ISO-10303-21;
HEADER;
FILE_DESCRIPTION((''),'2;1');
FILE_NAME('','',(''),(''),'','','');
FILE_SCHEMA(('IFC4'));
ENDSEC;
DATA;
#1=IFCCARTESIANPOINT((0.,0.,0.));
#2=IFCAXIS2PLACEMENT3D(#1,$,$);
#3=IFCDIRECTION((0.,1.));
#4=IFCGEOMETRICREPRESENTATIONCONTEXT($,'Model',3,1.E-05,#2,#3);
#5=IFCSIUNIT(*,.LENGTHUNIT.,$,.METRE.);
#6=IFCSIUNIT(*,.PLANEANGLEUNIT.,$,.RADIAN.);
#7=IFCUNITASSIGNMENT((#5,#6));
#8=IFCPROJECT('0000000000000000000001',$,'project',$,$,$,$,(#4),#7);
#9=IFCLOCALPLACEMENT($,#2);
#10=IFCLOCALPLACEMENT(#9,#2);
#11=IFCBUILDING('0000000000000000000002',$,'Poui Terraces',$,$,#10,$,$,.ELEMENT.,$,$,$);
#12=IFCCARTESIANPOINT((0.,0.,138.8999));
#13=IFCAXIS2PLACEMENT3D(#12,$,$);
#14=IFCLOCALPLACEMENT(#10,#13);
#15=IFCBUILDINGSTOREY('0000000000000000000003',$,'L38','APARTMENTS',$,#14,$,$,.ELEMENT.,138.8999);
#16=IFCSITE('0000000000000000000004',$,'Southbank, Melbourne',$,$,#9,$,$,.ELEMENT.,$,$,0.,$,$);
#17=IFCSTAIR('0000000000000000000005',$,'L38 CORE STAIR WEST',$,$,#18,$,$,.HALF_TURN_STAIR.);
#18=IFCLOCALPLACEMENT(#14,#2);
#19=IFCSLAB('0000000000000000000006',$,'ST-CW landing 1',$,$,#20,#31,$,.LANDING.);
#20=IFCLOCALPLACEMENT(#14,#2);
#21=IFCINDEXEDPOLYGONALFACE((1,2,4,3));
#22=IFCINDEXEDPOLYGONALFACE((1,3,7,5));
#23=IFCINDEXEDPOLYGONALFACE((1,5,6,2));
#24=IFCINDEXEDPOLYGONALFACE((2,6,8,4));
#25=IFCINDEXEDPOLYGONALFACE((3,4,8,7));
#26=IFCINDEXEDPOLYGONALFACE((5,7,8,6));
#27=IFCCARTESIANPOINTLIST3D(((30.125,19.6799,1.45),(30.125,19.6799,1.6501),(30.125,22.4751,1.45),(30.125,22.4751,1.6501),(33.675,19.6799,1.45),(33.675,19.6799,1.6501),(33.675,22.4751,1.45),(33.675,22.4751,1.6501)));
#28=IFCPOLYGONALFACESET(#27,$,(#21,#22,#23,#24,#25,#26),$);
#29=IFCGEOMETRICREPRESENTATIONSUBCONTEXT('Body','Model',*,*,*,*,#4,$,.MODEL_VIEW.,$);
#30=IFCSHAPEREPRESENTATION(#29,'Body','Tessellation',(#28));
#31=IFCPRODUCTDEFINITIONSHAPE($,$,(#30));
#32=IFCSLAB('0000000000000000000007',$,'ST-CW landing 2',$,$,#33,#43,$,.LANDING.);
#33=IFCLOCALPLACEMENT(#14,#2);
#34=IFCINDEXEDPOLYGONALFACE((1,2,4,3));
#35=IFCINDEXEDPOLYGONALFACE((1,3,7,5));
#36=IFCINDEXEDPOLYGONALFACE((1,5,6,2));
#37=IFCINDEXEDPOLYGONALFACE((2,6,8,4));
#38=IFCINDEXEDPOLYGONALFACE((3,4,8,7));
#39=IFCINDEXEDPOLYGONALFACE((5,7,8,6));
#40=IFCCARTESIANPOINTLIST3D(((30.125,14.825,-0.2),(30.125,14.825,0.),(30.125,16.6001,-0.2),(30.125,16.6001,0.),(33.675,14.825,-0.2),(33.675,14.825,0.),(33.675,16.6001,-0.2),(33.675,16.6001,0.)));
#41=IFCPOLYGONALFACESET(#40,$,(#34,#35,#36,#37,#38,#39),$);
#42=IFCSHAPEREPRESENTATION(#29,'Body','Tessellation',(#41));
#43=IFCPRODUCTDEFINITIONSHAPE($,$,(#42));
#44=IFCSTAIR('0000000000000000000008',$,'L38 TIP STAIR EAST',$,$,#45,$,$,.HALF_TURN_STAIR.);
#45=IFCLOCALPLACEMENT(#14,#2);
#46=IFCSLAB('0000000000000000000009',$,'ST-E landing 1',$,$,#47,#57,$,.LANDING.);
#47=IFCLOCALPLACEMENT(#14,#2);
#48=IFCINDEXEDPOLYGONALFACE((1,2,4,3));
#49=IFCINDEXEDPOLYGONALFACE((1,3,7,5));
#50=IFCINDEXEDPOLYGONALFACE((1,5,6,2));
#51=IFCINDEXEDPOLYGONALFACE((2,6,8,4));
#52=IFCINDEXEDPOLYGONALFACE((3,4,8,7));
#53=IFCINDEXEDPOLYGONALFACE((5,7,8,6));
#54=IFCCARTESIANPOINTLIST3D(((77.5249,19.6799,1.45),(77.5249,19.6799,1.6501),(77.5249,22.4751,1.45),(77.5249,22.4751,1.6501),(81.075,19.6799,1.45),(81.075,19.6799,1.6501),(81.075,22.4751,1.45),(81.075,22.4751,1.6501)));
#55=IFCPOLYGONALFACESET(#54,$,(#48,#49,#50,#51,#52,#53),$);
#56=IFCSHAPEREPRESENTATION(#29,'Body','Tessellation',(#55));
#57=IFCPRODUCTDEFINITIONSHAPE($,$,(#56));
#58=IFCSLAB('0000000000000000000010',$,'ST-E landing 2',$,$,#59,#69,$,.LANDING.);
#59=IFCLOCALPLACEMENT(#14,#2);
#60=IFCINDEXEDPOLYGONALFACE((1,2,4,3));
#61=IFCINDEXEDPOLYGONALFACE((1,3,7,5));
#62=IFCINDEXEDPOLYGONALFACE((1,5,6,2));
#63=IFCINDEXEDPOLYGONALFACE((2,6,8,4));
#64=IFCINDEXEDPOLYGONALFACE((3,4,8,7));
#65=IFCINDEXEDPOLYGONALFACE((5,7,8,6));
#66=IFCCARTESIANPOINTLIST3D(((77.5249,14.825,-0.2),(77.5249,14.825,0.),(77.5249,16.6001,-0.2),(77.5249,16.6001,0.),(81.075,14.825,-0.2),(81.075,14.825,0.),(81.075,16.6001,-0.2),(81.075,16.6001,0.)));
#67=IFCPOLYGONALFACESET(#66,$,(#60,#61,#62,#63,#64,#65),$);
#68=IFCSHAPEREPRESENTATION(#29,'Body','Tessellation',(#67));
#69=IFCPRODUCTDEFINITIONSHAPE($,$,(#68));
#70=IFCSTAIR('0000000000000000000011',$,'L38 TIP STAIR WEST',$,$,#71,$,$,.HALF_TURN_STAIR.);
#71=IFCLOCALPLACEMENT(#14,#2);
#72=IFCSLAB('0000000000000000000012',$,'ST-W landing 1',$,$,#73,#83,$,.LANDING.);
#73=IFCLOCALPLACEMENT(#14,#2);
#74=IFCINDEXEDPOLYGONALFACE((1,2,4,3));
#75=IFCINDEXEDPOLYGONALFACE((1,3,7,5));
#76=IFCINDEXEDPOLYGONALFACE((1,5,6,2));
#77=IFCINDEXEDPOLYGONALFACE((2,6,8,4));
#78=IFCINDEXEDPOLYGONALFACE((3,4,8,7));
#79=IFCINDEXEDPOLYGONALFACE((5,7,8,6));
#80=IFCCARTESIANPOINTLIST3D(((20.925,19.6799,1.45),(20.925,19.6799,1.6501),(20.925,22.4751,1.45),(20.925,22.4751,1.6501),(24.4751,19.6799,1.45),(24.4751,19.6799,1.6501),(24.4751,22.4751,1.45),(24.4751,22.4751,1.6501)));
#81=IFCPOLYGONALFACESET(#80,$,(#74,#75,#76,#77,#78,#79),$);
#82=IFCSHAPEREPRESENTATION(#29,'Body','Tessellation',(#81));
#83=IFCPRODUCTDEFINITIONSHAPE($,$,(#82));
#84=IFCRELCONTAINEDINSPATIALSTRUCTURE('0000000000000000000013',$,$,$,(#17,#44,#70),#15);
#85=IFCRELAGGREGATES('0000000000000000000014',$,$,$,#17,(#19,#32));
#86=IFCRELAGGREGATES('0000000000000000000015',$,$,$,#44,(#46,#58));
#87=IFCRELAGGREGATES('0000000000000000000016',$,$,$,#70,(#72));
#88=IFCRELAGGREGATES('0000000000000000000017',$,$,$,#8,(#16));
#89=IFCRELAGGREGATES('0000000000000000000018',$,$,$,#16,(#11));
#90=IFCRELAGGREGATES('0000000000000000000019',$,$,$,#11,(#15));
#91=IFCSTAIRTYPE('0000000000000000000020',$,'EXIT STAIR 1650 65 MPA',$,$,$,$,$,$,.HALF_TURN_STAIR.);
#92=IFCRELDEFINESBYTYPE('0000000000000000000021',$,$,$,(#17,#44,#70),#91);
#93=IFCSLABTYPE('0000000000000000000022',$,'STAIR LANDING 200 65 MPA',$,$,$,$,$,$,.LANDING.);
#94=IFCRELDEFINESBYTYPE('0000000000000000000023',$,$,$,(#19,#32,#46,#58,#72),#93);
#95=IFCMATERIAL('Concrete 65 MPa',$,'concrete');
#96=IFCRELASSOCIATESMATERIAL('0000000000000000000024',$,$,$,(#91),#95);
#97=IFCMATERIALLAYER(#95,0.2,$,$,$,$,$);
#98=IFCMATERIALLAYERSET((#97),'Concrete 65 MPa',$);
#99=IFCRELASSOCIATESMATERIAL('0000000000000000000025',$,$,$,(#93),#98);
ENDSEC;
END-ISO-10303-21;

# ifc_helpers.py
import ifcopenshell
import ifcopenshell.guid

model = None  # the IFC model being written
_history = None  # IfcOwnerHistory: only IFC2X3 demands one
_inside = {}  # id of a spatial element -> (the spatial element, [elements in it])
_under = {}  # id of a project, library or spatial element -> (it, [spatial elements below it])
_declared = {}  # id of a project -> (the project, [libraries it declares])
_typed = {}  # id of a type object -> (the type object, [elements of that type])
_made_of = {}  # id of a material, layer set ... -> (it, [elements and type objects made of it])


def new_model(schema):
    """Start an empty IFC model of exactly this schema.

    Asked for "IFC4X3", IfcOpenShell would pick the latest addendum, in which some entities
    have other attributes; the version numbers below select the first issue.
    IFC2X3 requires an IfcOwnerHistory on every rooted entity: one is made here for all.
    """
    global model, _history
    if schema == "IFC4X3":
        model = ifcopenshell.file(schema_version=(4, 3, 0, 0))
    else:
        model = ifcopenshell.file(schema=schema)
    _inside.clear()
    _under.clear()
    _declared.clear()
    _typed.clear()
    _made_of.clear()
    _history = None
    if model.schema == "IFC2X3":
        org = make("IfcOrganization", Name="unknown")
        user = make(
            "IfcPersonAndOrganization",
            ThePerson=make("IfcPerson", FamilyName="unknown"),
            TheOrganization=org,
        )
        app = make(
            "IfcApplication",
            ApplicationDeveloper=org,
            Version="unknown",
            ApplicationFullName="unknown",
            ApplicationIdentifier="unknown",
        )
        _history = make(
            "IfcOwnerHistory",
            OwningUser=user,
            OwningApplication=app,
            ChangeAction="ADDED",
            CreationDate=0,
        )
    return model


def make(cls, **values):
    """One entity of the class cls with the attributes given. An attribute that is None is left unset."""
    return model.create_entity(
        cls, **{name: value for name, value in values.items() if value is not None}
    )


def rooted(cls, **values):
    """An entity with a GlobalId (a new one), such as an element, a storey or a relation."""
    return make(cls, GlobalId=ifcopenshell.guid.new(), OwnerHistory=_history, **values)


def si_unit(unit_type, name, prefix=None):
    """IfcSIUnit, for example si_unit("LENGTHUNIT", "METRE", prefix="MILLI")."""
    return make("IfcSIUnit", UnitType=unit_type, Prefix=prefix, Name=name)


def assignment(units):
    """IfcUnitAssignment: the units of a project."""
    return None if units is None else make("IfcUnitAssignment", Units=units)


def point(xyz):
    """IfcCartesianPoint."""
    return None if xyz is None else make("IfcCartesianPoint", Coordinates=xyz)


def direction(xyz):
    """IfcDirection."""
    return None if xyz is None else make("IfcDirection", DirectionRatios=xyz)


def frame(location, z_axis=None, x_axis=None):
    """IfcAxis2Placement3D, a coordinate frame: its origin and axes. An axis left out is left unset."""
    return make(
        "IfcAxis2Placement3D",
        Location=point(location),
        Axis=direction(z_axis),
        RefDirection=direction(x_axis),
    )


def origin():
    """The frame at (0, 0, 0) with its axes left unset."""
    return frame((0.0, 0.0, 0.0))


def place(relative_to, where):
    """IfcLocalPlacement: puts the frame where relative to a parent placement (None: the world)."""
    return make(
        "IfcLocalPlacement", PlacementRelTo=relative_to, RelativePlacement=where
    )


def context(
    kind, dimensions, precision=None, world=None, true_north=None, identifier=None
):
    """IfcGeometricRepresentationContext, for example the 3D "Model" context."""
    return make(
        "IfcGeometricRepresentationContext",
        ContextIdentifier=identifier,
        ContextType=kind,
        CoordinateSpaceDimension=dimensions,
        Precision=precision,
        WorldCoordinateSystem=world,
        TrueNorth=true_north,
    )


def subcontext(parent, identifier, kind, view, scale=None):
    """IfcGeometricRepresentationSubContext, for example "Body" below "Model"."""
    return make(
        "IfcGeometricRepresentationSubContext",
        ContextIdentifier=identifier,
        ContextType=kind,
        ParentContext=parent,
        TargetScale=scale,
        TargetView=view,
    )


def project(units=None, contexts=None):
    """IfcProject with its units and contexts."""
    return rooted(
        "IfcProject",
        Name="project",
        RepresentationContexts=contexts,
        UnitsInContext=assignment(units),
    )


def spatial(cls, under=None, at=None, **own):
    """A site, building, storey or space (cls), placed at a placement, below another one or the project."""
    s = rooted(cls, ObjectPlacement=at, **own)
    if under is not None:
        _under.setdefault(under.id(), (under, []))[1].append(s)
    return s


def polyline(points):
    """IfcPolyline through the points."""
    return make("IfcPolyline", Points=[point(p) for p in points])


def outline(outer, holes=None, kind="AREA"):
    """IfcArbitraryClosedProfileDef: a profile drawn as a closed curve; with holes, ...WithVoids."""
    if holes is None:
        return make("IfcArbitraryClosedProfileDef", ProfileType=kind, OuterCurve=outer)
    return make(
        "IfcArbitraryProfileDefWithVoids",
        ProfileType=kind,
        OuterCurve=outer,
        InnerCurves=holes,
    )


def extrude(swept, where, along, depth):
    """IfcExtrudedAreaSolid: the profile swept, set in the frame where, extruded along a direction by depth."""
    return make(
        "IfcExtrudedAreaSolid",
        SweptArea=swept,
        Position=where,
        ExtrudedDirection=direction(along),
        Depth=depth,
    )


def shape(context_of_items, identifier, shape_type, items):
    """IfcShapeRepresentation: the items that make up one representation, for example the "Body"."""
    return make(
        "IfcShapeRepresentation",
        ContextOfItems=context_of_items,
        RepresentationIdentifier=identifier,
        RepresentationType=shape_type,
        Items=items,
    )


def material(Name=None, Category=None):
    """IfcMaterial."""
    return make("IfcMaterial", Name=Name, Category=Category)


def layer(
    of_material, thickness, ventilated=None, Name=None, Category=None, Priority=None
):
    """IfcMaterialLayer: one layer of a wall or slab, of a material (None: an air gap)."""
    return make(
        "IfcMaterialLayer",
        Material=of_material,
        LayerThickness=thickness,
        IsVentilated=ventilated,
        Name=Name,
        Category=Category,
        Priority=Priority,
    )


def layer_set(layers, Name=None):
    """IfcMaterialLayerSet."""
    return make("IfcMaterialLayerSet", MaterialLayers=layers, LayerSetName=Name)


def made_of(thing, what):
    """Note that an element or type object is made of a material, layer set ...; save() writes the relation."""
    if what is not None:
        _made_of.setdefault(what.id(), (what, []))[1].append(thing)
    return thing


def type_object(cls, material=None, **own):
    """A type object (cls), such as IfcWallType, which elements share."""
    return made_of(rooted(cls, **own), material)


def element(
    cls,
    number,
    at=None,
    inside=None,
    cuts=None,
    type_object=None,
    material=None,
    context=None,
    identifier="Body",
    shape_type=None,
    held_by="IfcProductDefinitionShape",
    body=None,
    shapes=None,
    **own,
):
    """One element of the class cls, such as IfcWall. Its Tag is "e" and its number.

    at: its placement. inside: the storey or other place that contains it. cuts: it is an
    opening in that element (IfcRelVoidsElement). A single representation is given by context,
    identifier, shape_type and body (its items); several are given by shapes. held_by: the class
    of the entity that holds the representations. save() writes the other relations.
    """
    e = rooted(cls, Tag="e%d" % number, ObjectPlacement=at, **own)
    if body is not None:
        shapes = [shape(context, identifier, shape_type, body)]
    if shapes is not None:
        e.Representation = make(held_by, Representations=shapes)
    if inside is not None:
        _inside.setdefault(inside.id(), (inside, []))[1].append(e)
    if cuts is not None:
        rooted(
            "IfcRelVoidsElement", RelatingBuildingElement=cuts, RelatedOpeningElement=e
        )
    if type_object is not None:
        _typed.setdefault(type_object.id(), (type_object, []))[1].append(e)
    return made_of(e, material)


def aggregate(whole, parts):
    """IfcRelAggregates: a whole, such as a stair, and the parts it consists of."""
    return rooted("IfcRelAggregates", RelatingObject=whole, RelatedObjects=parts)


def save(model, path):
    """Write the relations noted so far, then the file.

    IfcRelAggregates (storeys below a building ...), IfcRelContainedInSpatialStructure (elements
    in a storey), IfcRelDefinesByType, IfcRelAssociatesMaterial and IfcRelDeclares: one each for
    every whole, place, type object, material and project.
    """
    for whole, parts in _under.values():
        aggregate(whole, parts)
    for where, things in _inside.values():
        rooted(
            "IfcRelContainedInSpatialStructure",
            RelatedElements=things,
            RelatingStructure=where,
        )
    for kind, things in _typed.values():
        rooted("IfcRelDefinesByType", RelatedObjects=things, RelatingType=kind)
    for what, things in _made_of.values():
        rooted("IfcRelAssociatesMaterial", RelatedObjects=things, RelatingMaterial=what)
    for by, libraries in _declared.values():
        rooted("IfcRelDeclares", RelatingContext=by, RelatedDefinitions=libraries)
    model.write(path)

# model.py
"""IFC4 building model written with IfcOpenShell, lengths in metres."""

from ifc_helpers import new_model, si_unit, direction, frame, origin, place, context, subcontext, project, spatial, polyline, outline, extrude, material, layer, layer_set, type_object, element, aggregate, save


model = new_model("IFC4")

# Units and contexts
model_context = context("Model", 3, precision=1e-05, world=origin(), true_north=direction((0.0, 1.0)))
body_context = subcontext(model_context, "Body", "Model", "MODEL_VIEW")
ifc_project = project(units=[si_unit("LENGTHUNIT", "METRE"), si_unit("PLANEANGLEUNIT", "RADIAN")], contexts=[model_context])

# Site, building, storey
site_placement = place(None, origin())
site = spatial("IfcSite", under=ifc_project, at=site_placement, Name="Southbank, Melbourne", CompositionType="ELEMENT", RefElevation=0.0)
building_placement = place(site_placement, origin())
building = spatial("IfcBuilding", under=site, at=building_placement, Name="Poui Terraces", CompositionType="ELEMENT")
storey_placement = place(building_placement, frame((0.0, 0.0, 138.8999)))
storey = spatial("IfcBuildingStorey", under=building, at=storey_placement, Name="L38", Description="APARTMENTS", CompositionType="ELEMENT", Elevation=138.8999)

# Stairs, slabs
ifc_material = material(Name="Concrete 65 MPa", Category="concrete")
stair_type = type_object("IfcStairType", Name="EXIT STAIR 1650 65 MPA", PredefinedType="HALF_TURN_STAIR", material=ifc_material)
stair_1_placement = place(storey_placement, origin())
stair_1 = element("IfcStair", 1, at=stair_1_placement, inside=storey, type_object=stair_type, Name="L38 CORE STAIR WEST", PredefinedType="HALF_TURN_STAIR")
ifc_layer = layer(ifc_material, 0.2)
ifc_layer_set = layer_set([ifc_layer], Name="Concrete 65 MPa")
slab_type = type_object("IfcSlabType", Name="STAIR LANDING 200 65 MPA", PredefinedType="LANDING", material=ifc_layer_set)
slab_1_placement = place(storey_placement, frame((0.0, 0.0, 1.45)))
slab_1 = element("IfcSlab", 2, at=slab_1_placement, type_object=slab_type, Name="ST-CW landing 1", PredefinedType="LANDING", context=body_context, shape_type="SweptSolid", body=[
    extrude(outline(polyline([(30.125, 19.6799), (33.675, 19.6799), (33.675, 22.4751), (30.125, 22.4751), (30.125, 19.6799)])), origin(), (0.0, 0.0, 1.0), 0.2002),
])
slab_2_placement = place(storey_placement, frame((0.0, 0.0, -0.2)))
slab_2 = element("IfcSlab", 3, at=slab_2_placement, type_object=slab_type, Name="ST-CW landing 2", PredefinedType="LANDING", context=body_context, shape_type="SweptSolid", body=[
    extrude(outline(polyline([(30.125, 14.825), (33.675, 14.825), (33.675, 16.6001), (30.125, 16.6001), (30.125, 14.825)])), origin(), (0.0, 0.0, 1.0), 0.2),
])
aggregate(stair_1, [slab_1, slab_2])
stair_2_placement = place(storey_placement, origin())
stair_2 = element("IfcStair", 4, at=stair_2_placement, inside=storey, type_object=stair_type, Name="L38 TIP STAIR EAST", PredefinedType="HALF_TURN_STAIR")
slab_3_placement = place(storey_placement, frame((0.0, 0.0, 1.45)))
slab_3 = element("IfcSlab", 5, at=slab_3_placement, type_object=slab_type, Name="ST-E landing 1", PredefinedType="LANDING", context=body_context, shape_type="SweptSolid", body=[
    extrude(outline(polyline([(77.5249, 19.6799), (81.075, 19.6799), (81.075, 22.4751), (77.5249, 22.4751), (77.5249, 19.6799)])), origin(), (0.0, 0.0, 1.0), 0.2002),
])
slab_4_placement = place(storey_placement, frame((0.0, 0.0, -0.2)))
slab_4 = element("IfcSlab", 6, at=slab_4_placement, type_object=slab_type, Name="ST-E landing 2", PredefinedType="LANDING", context=body_context, shape_type="SweptSolid", body=[
    extrude(outline(polyline([(77.5249, 14.825), (81.075, 14.825), (81.075, 16.6001), (77.5249, 16.6001), (77.5249, 14.825)])), origin(), (0.0, 0.0, 1.0), 0.2),
])
aggregate(stair_2, [slab_3, slab_4])

# Stair, slab
stair_3_placement = place(storey_placement, origin())
stair_3 = element("IfcStair", 7, at=stair_3_placement, inside=storey, type_object=stair_type, Name="L38 TIP STAIR WEST", PredefinedType="HALF_TURN_STAIR")
slab_5_placement = place(storey_placement, frame((0.0, 0.0, 1.45)))
slab_5 = element("IfcSlab", 8, at=slab_5_placement, type_object=slab_type, Name="ST-W landing 1", PredefinedType="LANDING", context=body_context, shape_type="SweptSolid", body=[
    extrude(outline(polyline([(20.925, 19.6799), (24.4751, 19.6799), (24.4751, 22.4751), (20.925, 22.4751), (20.925, 19.6799)])), origin(), (0.0, 0.0, 1.0), 0.2002),
])
aggregate(stair_3, [slab_5])

save(model, "model.ifc")
